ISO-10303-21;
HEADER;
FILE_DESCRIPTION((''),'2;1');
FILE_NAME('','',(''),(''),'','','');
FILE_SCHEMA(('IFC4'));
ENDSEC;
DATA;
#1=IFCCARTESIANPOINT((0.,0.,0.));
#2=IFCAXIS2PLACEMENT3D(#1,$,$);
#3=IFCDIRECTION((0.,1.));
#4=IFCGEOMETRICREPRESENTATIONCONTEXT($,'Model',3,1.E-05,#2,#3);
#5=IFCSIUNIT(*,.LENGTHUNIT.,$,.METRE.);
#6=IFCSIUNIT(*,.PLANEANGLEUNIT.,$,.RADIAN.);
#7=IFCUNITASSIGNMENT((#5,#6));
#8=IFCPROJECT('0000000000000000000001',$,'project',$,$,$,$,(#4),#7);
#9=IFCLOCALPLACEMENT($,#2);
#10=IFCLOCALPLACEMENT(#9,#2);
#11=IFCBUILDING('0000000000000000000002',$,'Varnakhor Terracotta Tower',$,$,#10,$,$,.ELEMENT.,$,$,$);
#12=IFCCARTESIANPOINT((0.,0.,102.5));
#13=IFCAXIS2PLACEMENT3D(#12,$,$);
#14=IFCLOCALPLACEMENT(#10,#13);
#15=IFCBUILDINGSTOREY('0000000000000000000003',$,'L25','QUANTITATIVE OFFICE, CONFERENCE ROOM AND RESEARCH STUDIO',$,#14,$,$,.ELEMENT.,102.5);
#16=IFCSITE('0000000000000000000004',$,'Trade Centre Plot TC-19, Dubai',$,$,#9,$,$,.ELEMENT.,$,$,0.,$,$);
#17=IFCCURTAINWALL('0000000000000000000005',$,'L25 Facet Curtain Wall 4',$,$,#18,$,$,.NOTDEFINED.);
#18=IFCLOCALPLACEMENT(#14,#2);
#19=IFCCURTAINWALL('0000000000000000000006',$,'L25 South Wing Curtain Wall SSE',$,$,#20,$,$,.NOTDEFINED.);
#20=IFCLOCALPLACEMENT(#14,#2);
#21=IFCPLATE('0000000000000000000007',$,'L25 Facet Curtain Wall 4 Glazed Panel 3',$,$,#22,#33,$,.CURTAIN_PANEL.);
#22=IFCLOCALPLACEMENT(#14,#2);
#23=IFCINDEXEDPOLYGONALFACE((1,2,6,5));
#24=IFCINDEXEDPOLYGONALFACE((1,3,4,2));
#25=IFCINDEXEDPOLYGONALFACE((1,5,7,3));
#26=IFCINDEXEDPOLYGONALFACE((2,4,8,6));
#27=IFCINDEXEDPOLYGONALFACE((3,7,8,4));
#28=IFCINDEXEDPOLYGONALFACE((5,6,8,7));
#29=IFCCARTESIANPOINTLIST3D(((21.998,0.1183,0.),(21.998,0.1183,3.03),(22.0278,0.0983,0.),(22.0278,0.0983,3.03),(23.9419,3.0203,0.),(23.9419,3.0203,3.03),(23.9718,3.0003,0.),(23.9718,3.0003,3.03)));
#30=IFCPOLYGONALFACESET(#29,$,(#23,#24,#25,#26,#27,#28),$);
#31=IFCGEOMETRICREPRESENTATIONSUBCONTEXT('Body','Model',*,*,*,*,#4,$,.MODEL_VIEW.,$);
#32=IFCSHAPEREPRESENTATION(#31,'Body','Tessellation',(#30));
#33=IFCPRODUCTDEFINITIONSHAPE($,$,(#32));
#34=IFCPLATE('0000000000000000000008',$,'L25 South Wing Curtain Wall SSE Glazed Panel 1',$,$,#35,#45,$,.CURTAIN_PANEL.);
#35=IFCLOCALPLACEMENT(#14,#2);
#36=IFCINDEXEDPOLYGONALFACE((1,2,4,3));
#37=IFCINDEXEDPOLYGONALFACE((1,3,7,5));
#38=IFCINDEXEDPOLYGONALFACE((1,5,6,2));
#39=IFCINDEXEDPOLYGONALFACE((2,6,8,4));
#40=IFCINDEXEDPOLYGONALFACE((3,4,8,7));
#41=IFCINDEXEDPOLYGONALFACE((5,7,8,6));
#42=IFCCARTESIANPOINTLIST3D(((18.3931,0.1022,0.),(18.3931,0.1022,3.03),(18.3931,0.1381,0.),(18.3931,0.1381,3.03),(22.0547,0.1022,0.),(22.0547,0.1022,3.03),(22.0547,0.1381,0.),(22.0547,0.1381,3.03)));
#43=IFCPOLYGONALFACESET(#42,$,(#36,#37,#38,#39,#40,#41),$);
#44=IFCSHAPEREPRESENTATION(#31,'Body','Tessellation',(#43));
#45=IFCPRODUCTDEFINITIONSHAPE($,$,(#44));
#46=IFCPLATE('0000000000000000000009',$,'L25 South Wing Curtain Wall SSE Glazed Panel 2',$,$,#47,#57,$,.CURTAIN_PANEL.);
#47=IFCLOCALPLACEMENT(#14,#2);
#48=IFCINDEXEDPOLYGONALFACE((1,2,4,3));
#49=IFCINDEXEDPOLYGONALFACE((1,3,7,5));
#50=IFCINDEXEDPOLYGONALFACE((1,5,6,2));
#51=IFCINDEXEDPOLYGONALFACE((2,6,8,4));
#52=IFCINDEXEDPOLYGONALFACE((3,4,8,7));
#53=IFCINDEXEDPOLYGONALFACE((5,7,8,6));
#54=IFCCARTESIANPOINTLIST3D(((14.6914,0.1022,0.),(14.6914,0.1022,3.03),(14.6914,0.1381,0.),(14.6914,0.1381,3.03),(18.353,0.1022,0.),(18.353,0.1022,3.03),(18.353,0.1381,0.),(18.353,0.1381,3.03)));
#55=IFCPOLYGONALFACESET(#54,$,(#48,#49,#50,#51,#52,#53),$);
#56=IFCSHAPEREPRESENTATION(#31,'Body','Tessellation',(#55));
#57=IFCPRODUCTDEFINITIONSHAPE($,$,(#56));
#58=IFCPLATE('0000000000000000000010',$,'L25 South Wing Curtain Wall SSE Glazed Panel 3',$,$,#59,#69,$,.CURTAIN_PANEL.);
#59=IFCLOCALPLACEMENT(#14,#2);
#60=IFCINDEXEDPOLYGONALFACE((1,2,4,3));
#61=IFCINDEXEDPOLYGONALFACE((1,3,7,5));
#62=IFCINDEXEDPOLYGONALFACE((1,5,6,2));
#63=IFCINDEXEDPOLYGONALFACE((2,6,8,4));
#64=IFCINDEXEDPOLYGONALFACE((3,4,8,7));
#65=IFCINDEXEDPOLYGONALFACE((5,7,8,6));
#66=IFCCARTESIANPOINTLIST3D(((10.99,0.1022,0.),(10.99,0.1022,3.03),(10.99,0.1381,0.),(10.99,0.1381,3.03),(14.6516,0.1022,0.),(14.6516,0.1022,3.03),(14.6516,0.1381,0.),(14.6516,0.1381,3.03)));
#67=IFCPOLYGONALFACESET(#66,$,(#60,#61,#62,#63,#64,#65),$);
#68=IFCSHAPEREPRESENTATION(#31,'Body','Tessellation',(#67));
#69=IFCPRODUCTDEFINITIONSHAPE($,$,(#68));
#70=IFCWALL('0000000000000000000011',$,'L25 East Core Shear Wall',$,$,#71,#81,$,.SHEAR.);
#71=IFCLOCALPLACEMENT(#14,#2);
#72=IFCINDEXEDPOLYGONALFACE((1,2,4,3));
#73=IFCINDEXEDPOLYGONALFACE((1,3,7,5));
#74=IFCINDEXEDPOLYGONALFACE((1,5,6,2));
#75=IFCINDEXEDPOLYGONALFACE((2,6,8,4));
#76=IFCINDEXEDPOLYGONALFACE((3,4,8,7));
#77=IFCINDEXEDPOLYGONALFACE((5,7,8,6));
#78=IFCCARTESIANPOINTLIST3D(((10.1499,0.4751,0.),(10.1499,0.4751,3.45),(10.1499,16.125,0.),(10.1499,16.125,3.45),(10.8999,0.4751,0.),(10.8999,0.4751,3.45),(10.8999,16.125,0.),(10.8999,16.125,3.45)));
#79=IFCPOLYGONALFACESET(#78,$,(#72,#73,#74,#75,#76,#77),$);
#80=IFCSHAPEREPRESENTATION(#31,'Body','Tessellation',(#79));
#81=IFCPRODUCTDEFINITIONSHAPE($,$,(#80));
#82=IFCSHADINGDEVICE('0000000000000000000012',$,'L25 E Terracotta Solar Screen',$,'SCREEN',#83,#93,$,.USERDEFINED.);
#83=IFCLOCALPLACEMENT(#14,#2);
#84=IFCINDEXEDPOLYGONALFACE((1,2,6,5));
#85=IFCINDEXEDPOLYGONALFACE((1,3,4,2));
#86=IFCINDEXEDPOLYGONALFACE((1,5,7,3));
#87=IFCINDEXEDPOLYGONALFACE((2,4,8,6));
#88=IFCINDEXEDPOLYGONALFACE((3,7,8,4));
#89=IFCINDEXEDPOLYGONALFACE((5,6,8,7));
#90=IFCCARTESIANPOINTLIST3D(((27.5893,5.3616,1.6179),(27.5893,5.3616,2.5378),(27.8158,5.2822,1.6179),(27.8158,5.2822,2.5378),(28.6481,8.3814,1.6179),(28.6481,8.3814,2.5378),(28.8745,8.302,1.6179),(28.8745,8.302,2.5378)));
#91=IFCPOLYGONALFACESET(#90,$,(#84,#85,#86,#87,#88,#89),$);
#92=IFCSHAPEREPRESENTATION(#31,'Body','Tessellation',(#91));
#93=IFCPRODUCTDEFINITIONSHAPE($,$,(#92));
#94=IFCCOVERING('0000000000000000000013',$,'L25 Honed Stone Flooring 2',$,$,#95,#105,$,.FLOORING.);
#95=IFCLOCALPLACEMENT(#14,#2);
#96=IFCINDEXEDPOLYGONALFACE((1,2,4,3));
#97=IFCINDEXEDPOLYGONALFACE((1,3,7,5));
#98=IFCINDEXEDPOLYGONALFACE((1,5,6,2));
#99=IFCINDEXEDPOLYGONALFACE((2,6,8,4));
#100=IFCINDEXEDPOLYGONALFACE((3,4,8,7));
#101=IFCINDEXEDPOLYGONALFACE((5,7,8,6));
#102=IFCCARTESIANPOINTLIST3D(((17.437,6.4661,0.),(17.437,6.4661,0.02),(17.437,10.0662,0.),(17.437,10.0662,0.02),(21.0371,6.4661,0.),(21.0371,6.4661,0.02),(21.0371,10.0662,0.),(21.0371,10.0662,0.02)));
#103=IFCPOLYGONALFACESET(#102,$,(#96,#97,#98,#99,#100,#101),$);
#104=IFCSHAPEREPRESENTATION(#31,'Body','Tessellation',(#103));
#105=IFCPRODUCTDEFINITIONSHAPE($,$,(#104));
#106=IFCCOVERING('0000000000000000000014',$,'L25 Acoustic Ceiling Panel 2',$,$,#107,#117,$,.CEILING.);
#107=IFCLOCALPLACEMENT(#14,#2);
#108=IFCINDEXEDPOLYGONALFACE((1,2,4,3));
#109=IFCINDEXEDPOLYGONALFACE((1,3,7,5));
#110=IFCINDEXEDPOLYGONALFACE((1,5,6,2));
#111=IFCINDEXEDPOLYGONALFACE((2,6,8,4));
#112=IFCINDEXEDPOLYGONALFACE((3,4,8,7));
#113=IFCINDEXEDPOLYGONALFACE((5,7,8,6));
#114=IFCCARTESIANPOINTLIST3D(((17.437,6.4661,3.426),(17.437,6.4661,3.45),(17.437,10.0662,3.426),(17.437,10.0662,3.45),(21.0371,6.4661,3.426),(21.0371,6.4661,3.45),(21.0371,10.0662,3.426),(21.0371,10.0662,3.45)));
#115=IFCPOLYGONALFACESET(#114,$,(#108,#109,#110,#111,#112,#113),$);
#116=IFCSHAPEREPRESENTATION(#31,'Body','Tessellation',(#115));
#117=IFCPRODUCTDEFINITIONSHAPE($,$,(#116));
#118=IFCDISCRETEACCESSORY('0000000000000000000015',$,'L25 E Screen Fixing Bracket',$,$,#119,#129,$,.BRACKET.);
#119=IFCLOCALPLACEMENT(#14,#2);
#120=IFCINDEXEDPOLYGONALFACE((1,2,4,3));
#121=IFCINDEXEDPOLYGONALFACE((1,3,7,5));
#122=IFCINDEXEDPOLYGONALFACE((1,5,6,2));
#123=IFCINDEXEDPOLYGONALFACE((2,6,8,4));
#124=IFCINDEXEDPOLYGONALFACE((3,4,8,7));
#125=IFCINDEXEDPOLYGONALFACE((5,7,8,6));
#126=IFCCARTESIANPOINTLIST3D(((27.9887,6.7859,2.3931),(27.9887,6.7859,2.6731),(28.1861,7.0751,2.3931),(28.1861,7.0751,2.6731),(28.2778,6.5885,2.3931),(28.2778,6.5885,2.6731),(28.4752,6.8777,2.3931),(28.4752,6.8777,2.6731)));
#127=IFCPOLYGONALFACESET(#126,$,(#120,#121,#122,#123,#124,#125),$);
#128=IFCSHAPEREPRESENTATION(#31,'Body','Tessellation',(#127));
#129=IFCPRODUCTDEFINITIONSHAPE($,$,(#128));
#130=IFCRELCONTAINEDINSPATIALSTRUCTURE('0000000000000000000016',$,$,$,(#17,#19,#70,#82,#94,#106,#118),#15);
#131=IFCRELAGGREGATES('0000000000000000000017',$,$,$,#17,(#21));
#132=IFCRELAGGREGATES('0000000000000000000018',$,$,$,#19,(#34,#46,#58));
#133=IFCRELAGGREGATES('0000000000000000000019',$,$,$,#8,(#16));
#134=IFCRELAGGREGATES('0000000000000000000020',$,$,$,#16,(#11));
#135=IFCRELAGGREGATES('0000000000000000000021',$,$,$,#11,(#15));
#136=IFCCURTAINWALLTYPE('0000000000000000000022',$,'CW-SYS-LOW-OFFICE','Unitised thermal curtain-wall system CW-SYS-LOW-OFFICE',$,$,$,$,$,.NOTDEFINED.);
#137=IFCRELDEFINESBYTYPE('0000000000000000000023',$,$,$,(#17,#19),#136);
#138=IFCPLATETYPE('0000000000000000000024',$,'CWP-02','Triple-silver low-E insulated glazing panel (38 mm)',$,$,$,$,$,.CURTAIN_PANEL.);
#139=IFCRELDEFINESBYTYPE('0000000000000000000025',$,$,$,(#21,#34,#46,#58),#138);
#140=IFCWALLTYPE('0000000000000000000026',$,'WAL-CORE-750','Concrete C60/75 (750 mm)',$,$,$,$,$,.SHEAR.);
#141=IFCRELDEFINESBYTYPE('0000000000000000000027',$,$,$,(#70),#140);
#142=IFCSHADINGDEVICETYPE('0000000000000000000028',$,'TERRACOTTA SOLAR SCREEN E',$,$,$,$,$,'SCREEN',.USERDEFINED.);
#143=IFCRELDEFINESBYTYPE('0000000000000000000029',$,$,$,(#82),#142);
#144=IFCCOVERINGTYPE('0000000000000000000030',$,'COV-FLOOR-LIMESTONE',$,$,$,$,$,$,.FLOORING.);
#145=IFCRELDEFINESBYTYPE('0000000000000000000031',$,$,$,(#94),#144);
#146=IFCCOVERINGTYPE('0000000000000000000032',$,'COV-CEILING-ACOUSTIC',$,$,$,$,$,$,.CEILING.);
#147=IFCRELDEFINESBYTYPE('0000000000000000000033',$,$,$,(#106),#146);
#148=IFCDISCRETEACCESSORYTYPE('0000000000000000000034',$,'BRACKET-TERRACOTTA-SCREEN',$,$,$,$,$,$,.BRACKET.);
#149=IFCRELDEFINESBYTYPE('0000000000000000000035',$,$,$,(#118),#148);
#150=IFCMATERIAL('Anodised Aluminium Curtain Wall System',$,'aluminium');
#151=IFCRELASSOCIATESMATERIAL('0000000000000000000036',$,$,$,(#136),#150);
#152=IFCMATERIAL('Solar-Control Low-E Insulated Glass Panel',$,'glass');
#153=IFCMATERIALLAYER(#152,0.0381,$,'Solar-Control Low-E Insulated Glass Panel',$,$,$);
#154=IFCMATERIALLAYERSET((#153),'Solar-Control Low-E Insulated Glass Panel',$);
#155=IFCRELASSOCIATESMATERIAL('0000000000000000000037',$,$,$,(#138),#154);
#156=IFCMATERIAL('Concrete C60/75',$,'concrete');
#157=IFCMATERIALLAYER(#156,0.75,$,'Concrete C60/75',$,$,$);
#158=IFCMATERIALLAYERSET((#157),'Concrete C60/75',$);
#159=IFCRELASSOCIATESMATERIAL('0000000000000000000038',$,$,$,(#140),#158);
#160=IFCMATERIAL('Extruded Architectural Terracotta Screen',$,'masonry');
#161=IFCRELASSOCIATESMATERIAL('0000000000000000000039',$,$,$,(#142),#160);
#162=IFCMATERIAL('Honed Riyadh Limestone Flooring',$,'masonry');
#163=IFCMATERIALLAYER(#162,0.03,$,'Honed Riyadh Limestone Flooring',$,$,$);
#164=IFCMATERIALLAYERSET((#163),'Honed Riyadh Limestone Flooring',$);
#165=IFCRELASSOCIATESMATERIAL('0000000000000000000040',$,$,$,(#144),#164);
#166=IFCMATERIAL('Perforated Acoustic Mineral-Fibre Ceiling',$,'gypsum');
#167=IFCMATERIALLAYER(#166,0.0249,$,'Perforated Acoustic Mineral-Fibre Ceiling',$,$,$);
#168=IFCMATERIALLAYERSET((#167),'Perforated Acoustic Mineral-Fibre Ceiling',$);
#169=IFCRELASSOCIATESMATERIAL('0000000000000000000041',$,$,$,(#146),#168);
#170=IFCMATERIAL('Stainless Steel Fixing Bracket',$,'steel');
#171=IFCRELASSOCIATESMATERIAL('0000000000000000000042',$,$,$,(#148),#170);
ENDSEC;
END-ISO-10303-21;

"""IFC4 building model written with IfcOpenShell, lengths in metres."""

from ifc_helpers import new_model, si_unit, direction, frame, frame_2d, origin, origin_2d, place, context, subcontext, project, spatial, rectangle, extrude, source, transform, mapped, material, layer, layer_set, type_object, type_shapes, element, aggregate, save


model = new_model("IFC4")

# Units and contexts
model_context = context("Model", 3, precision=1e-05, world=origin(), true_north=direction((0.0, 1.0)))
body_context = subcontext(model_context, "Body", "Model", "MODEL_VIEW")
ifc_project = project(units=[si_unit("LENGTHUNIT", "METRE"), si_unit("PLANEANGLEUNIT", "RADIAN")], contexts=[model_context])

# Site, building, storey
site_placement = place(None, origin())
site = spatial("IfcSite", under=ifc_project, at=site_placement, Name="Trade Centre Plot TC-19, Dubai", CompositionType="ELEMENT", RefElevation=0.0)
building_placement = place(site_placement, origin())
building = spatial("IfcBuilding", under=site, at=building_placement, Name="Varnakhor Terracotta Tower", CompositionType="ELEMENT")
storey_placement = place(building_placement, frame((0.0, 0.0, 102.5)))
storey = spatial("IfcBuildingStorey", under=building, at=storey_placement, Name="L25", Description="QUANTITATIVE OFFICE, CONFERENCE ROOM AND RESEARCH STUDIO", CompositionType="ELEMENT", Elevation=102.5)

# Curtain walls
ifc_material_1 = material(Name="Anodised Aluminium Curtain Wall System", Category="aluminium")
curtain_wall_type = type_object("IfcCurtainWallType", Name="CW-SYS-LOW-OFFICE", Description="Unitised thermal curtain-wall system CW-SYS-LOW-OFFICE", PredefinedType="NOTDEFINED", material=ifc_material_1)
curtain_wall_1_placement = place(storey_placement, origin())
curtain_wall_1 = element("IfcCurtainWall", 1, at=curtain_wall_1_placement, inside=storey, type_object=curtain_wall_type, Name="L25 Facet Curtain Wall 4", PredefinedType="NOTDEFINED")
curtain_wall_2_placement = place(storey_placement, origin())
curtain_wall_2 = element("IfcCurtainWall", 2, at=curtain_wall_2_placement, inside=storey, type_object=curtain_wall_type, Name="L25 South Wing Curtain Wall SSE", PredefinedType="NOTDEFINED")

# Shared definitions
ifc_material_2 = material(Name="Solar-Control Low-E Insulated Glass Panel", Category="glass")
ifc_layer_1 = layer(ifc_material_2, 0.0381, Name="Solar-Control Low-E Insulated Glass Panel")
ifc_layer_set_1 = layer_set([ifc_layer_1], Name="Solar-Control Low-E Insulated Glass Panel")
plate_type_1 = type_object("IfcPlateType", Name="CWP-02", Description="Triple-silver low-E insulated glazing panel (38 mm)", PredefinedType="CURTAIN_PANEL", material=ifc_layer_set_1)

# Plates
shared_shape_1 = source(origin(), body_context, "Body", "SweptSolid", [
    extrude(rectangle(XDim=3.4929, YDim=0.0359, at=origin_2d()), origin(), (0.0, 0.0, 1.0), 3.03),
])
plate_1_placement = place(storey_placement, frame((22.9849, 1.5593, 0.0), z_axis=(0.0, 0.0, 1.0), x_axis=(-0.556542, -0.830819, 0.0)))
plate_1 = element("IfcPlate", 3, at=plate_1_placement, type_object=plate_type_1, Name="L25 Facet Curtain Wall 4 Glazed Panel 3", PredefinedType="CURTAIN_PANEL", context=body_context, shape_type="MappedRepresentation", body=[
    mapped(shared_shape_1, transform((0.0, 0.0, 0.0), scale=1.0)),
])
aggregate(curtain_wall_1, [plate_1])
shared_shape_2 = source(origin(), body_context, "Body", "SweptSolid", [
    extrude(rectangle(XDim=3.6616, YDim=0.0359, at=origin_2d()), origin(), (0.0, 0.0, 1.0), 3.03),
])
plate_2_placement = place(storey_placement, frame((20.2239, 0.1201, 0.0), z_axis=(0.0, 0.0, 1.0), x_axis=(-1.0, 0.0, 0.0)))
plate_2 = element("IfcPlate", 4, at=plate_2_placement, type_object=plate_type_1, Name="L25 South Wing Curtain Wall SSE Glazed Panel 1", PredefinedType="CURTAIN_PANEL", context=body_context, shape_type="MappedRepresentation", body=[
    mapped(shared_shape_2, transform((0.0, 0.0, 0.0), scale=1.0)),
])
plate_3_placement = place(storey_placement, frame((16.5222, 0.1201, 0.0), z_axis=(0.0, 0.0, 1.0), x_axis=(-1.0, 0.0, 0.0)))
plate_3 = element("IfcPlate", 5, at=plate_3_placement, type_object=plate_type_1, Name="L25 South Wing Curtain Wall SSE Glazed Panel 2", PredefinedType="CURTAIN_PANEL", context=body_context, shape_type="MappedRepresentation", body=[
    mapped(shared_shape_2, transform((0.0, 0.0, 0.0), scale=1.0)),
])
plate_4_placement = place(storey_placement, frame((12.8208, 0.1201, 0.0), z_axis=(0.0, 0.0, 1.0), x_axis=(-1.0, 0.0, 0.0)))
plate_4 = element("IfcPlate", 6, at=plate_4_placement, type_object=plate_type_1, Name="L25 South Wing Curtain Wall SSE Glazed Panel 3", PredefinedType="CURTAIN_PANEL", context=body_context, shape_type="MappedRepresentation", body=[
    mapped(shared_shape_2, transform((0.0, 0.0, 0.0), scale=1.0)),
])
aggregate(curtain_wall_2, [plate_2, plate_3, plate_4])

# Wall
ifc_material_3 = material(Name="Concrete C60/75", Category="concrete")
ifc_layer_2 = layer(ifc_material_3, 0.75, Name="Concrete C60/75")
ifc_layer_set_2 = layer_set([ifc_layer_2], Name="Concrete C60/75")
wall_type = type_object("IfcWallType", Name="WAL-CORE-750", Description="Concrete C60/75 (750 mm)", PredefinedType="SHEAR", material=ifc_layer_set_2)
wall_placement = place(storey_placement, frame((10.5249, 0.4751, 0.0), z_axis=(0.0, 0.0, 1.0), x_axis=(0.0, 1.0, 0.0)))
element("IfcWall", 7, at=wall_placement, inside=storey, type_object=wall_type, Name="L25 East Core Shear Wall", PredefinedType="SHEAR", context=body_context, shape_type="SweptSolid", body=[
    extrude(rectangle(XDim=15.6499, YDim=0.75, at=frame_2d((7.825, 0.0))), origin(), (0.0, 0.0, 1.0), 3.45),
])

# Shading device
ifc_material_4 = material(Name="Extruded Architectural Terracotta Screen", Category="masonry")
shading_device_type = type_object("IfcShadingDeviceType", Name="TERRACOTTA SOLAR SCREEN E", ElementType="SCREEN", PredefinedType="USERDEFINED", material=ifc_material_4)
shared_shape_3 = source(origin(), body_context, "Body", "SweptSolid", [
    extrude(rectangle(XDim=3.2, YDim=0.24, at=origin_2d()), origin(), (0.0, 0.0, 1.0), 0.9199),
])
type_shapes(shading_device_type, [shared_shape_3])
shading_device_placement = place(storey_placement, frame((28.2319, 6.8318, 1.6179), z_axis=(0.0, 0.0, 1.0), x_axis=(0.33086, 0.94368, 0.0)))
element("IfcShadingDevice", 8, at=shading_device_placement, inside=storey, type_object=shading_device_type, Name="L25 E Terracotta Solar Screen", ObjectType="SCREEN", PredefinedType="USERDEFINED", context=body_context, shape_type="MappedRepresentation", body=[
    mapped(shared_shape_3, transform((0.0, 0.0, 0.0), scale=1.0)),
])

# Coverings
ifc_material_5 = material(Name="Honed Riyadh Limestone Flooring", Category="masonry")
ifc_layer_3 = layer(ifc_material_5, 0.03, Name="Honed Riyadh Limestone Flooring")
ifc_layer_set_3 = layer_set([ifc_layer_3], Name="Honed Riyadh Limestone Flooring")
covering_type_1 = type_object("IfcCoveringType", Name="COV-FLOOR-LIMESTONE", PredefinedType="FLOORING", material=ifc_layer_set_3)
shared_shape_4 = source(origin(), body_context, "Body", "SweptSolid", [
    extrude(rectangle(XDim=3.6001, YDim=3.6001, at=origin_2d()), origin(), (0.0, 0.0, 1.0), 0.02),
])
covering_1_placement = place(storey_placement, frame((19.2371, 8.2661, 0.0), z_axis=(0.0, 0.0, 1.0), x_axis=(1.0, 0.0, 0.0)))
element("IfcCovering", 9, at=covering_1_placement, inside=storey, type_object=covering_type_1, Name="L25 Honed Stone Flooring 2", PredefinedType="FLOORING", context=body_context, shape_type="MappedRepresentation", body=[
    mapped(shared_shape_4, transform((0.0, 0.0, 0.0), scale=1.0)),
])
ifc_material_6 = material(Name="Perforated Acoustic Mineral-Fibre Ceiling", Category="gypsum")
ifc_layer_4 = layer(ifc_material_6, 0.0249, Name="Perforated Acoustic Mineral-Fibre Ceiling")
ifc_layer_set_4 = layer_set([ifc_layer_4], Name="Perforated Acoustic Mineral-Fibre Ceiling")
covering_type_2 = type_object("IfcCoveringType", Name="COV-CEILING-ACOUSTIC", PredefinedType="CEILING", material=ifc_layer_set_4)
shared_shape_5 = source(origin(), body_context, "Body", "SweptSolid", [
    extrude(rectangle(XDim=3.6001, YDim=3.6001, at=origin_2d()), origin(), (0.0, 0.0, 1.0), 0.0239),
])
covering_2_placement = place(storey_placement, frame((19.2371, 8.2661, 3.426), z_axis=(0.0, 0.0, 1.0), x_axis=(1.0, 0.0, 0.0)))
element("IfcCovering", 10, at=covering_2_placement, inside=storey, type_object=covering_type_2, Name="L25 Acoustic Ceiling Panel 2", PredefinedType="CEILING", context=body_context, shape_type="MappedRepresentation", body=[
    mapped(shared_shape_5, transform((0.0, 0.0, 0.0), scale=1.0)),
])

# Discrete accessory
ifc_material_7 = material(Name="Stainless Steel Fixing Bracket", Category="steel")
discrete_accessory_type = type_object("IfcDiscreteAccessoryType", Name="BRACKET-TERRACOTTA-SCREEN", PredefinedType="BRACKET", material=ifc_material_7)
shared_shape_6 = source(origin(), body_context, "Body", "SweptSolid", [
    extrude(rectangle(XDim=0.3501, YDim=0.3501, at=origin_2d()), origin(), (0.0, 0.0, 1.0), 0.28),
])
type_shapes(discrete_accessory_type, [shared_shape_6])
discrete_accessory_placement = place(storey_placement, frame((28.2319, 6.8318, 2.3931), z_axis=(0.0, 0.0, 1.0), x_axis=(0.563829, 0.825892, 0.0)))
element("IfcDiscreteAccessory", 11, at=discrete_accessory_placement, inside=storey, type_object=discrete_accessory_type, Name="L25 E Screen Fixing Bracket", PredefinedType="BRACKET", context=body_context, shape_type="MappedRepresentation", body=[
    mapped(shared_shape_6, transform((0.0, 0.0, 0.0), scale=1.0)),
])

save(model, "model.ifc")
